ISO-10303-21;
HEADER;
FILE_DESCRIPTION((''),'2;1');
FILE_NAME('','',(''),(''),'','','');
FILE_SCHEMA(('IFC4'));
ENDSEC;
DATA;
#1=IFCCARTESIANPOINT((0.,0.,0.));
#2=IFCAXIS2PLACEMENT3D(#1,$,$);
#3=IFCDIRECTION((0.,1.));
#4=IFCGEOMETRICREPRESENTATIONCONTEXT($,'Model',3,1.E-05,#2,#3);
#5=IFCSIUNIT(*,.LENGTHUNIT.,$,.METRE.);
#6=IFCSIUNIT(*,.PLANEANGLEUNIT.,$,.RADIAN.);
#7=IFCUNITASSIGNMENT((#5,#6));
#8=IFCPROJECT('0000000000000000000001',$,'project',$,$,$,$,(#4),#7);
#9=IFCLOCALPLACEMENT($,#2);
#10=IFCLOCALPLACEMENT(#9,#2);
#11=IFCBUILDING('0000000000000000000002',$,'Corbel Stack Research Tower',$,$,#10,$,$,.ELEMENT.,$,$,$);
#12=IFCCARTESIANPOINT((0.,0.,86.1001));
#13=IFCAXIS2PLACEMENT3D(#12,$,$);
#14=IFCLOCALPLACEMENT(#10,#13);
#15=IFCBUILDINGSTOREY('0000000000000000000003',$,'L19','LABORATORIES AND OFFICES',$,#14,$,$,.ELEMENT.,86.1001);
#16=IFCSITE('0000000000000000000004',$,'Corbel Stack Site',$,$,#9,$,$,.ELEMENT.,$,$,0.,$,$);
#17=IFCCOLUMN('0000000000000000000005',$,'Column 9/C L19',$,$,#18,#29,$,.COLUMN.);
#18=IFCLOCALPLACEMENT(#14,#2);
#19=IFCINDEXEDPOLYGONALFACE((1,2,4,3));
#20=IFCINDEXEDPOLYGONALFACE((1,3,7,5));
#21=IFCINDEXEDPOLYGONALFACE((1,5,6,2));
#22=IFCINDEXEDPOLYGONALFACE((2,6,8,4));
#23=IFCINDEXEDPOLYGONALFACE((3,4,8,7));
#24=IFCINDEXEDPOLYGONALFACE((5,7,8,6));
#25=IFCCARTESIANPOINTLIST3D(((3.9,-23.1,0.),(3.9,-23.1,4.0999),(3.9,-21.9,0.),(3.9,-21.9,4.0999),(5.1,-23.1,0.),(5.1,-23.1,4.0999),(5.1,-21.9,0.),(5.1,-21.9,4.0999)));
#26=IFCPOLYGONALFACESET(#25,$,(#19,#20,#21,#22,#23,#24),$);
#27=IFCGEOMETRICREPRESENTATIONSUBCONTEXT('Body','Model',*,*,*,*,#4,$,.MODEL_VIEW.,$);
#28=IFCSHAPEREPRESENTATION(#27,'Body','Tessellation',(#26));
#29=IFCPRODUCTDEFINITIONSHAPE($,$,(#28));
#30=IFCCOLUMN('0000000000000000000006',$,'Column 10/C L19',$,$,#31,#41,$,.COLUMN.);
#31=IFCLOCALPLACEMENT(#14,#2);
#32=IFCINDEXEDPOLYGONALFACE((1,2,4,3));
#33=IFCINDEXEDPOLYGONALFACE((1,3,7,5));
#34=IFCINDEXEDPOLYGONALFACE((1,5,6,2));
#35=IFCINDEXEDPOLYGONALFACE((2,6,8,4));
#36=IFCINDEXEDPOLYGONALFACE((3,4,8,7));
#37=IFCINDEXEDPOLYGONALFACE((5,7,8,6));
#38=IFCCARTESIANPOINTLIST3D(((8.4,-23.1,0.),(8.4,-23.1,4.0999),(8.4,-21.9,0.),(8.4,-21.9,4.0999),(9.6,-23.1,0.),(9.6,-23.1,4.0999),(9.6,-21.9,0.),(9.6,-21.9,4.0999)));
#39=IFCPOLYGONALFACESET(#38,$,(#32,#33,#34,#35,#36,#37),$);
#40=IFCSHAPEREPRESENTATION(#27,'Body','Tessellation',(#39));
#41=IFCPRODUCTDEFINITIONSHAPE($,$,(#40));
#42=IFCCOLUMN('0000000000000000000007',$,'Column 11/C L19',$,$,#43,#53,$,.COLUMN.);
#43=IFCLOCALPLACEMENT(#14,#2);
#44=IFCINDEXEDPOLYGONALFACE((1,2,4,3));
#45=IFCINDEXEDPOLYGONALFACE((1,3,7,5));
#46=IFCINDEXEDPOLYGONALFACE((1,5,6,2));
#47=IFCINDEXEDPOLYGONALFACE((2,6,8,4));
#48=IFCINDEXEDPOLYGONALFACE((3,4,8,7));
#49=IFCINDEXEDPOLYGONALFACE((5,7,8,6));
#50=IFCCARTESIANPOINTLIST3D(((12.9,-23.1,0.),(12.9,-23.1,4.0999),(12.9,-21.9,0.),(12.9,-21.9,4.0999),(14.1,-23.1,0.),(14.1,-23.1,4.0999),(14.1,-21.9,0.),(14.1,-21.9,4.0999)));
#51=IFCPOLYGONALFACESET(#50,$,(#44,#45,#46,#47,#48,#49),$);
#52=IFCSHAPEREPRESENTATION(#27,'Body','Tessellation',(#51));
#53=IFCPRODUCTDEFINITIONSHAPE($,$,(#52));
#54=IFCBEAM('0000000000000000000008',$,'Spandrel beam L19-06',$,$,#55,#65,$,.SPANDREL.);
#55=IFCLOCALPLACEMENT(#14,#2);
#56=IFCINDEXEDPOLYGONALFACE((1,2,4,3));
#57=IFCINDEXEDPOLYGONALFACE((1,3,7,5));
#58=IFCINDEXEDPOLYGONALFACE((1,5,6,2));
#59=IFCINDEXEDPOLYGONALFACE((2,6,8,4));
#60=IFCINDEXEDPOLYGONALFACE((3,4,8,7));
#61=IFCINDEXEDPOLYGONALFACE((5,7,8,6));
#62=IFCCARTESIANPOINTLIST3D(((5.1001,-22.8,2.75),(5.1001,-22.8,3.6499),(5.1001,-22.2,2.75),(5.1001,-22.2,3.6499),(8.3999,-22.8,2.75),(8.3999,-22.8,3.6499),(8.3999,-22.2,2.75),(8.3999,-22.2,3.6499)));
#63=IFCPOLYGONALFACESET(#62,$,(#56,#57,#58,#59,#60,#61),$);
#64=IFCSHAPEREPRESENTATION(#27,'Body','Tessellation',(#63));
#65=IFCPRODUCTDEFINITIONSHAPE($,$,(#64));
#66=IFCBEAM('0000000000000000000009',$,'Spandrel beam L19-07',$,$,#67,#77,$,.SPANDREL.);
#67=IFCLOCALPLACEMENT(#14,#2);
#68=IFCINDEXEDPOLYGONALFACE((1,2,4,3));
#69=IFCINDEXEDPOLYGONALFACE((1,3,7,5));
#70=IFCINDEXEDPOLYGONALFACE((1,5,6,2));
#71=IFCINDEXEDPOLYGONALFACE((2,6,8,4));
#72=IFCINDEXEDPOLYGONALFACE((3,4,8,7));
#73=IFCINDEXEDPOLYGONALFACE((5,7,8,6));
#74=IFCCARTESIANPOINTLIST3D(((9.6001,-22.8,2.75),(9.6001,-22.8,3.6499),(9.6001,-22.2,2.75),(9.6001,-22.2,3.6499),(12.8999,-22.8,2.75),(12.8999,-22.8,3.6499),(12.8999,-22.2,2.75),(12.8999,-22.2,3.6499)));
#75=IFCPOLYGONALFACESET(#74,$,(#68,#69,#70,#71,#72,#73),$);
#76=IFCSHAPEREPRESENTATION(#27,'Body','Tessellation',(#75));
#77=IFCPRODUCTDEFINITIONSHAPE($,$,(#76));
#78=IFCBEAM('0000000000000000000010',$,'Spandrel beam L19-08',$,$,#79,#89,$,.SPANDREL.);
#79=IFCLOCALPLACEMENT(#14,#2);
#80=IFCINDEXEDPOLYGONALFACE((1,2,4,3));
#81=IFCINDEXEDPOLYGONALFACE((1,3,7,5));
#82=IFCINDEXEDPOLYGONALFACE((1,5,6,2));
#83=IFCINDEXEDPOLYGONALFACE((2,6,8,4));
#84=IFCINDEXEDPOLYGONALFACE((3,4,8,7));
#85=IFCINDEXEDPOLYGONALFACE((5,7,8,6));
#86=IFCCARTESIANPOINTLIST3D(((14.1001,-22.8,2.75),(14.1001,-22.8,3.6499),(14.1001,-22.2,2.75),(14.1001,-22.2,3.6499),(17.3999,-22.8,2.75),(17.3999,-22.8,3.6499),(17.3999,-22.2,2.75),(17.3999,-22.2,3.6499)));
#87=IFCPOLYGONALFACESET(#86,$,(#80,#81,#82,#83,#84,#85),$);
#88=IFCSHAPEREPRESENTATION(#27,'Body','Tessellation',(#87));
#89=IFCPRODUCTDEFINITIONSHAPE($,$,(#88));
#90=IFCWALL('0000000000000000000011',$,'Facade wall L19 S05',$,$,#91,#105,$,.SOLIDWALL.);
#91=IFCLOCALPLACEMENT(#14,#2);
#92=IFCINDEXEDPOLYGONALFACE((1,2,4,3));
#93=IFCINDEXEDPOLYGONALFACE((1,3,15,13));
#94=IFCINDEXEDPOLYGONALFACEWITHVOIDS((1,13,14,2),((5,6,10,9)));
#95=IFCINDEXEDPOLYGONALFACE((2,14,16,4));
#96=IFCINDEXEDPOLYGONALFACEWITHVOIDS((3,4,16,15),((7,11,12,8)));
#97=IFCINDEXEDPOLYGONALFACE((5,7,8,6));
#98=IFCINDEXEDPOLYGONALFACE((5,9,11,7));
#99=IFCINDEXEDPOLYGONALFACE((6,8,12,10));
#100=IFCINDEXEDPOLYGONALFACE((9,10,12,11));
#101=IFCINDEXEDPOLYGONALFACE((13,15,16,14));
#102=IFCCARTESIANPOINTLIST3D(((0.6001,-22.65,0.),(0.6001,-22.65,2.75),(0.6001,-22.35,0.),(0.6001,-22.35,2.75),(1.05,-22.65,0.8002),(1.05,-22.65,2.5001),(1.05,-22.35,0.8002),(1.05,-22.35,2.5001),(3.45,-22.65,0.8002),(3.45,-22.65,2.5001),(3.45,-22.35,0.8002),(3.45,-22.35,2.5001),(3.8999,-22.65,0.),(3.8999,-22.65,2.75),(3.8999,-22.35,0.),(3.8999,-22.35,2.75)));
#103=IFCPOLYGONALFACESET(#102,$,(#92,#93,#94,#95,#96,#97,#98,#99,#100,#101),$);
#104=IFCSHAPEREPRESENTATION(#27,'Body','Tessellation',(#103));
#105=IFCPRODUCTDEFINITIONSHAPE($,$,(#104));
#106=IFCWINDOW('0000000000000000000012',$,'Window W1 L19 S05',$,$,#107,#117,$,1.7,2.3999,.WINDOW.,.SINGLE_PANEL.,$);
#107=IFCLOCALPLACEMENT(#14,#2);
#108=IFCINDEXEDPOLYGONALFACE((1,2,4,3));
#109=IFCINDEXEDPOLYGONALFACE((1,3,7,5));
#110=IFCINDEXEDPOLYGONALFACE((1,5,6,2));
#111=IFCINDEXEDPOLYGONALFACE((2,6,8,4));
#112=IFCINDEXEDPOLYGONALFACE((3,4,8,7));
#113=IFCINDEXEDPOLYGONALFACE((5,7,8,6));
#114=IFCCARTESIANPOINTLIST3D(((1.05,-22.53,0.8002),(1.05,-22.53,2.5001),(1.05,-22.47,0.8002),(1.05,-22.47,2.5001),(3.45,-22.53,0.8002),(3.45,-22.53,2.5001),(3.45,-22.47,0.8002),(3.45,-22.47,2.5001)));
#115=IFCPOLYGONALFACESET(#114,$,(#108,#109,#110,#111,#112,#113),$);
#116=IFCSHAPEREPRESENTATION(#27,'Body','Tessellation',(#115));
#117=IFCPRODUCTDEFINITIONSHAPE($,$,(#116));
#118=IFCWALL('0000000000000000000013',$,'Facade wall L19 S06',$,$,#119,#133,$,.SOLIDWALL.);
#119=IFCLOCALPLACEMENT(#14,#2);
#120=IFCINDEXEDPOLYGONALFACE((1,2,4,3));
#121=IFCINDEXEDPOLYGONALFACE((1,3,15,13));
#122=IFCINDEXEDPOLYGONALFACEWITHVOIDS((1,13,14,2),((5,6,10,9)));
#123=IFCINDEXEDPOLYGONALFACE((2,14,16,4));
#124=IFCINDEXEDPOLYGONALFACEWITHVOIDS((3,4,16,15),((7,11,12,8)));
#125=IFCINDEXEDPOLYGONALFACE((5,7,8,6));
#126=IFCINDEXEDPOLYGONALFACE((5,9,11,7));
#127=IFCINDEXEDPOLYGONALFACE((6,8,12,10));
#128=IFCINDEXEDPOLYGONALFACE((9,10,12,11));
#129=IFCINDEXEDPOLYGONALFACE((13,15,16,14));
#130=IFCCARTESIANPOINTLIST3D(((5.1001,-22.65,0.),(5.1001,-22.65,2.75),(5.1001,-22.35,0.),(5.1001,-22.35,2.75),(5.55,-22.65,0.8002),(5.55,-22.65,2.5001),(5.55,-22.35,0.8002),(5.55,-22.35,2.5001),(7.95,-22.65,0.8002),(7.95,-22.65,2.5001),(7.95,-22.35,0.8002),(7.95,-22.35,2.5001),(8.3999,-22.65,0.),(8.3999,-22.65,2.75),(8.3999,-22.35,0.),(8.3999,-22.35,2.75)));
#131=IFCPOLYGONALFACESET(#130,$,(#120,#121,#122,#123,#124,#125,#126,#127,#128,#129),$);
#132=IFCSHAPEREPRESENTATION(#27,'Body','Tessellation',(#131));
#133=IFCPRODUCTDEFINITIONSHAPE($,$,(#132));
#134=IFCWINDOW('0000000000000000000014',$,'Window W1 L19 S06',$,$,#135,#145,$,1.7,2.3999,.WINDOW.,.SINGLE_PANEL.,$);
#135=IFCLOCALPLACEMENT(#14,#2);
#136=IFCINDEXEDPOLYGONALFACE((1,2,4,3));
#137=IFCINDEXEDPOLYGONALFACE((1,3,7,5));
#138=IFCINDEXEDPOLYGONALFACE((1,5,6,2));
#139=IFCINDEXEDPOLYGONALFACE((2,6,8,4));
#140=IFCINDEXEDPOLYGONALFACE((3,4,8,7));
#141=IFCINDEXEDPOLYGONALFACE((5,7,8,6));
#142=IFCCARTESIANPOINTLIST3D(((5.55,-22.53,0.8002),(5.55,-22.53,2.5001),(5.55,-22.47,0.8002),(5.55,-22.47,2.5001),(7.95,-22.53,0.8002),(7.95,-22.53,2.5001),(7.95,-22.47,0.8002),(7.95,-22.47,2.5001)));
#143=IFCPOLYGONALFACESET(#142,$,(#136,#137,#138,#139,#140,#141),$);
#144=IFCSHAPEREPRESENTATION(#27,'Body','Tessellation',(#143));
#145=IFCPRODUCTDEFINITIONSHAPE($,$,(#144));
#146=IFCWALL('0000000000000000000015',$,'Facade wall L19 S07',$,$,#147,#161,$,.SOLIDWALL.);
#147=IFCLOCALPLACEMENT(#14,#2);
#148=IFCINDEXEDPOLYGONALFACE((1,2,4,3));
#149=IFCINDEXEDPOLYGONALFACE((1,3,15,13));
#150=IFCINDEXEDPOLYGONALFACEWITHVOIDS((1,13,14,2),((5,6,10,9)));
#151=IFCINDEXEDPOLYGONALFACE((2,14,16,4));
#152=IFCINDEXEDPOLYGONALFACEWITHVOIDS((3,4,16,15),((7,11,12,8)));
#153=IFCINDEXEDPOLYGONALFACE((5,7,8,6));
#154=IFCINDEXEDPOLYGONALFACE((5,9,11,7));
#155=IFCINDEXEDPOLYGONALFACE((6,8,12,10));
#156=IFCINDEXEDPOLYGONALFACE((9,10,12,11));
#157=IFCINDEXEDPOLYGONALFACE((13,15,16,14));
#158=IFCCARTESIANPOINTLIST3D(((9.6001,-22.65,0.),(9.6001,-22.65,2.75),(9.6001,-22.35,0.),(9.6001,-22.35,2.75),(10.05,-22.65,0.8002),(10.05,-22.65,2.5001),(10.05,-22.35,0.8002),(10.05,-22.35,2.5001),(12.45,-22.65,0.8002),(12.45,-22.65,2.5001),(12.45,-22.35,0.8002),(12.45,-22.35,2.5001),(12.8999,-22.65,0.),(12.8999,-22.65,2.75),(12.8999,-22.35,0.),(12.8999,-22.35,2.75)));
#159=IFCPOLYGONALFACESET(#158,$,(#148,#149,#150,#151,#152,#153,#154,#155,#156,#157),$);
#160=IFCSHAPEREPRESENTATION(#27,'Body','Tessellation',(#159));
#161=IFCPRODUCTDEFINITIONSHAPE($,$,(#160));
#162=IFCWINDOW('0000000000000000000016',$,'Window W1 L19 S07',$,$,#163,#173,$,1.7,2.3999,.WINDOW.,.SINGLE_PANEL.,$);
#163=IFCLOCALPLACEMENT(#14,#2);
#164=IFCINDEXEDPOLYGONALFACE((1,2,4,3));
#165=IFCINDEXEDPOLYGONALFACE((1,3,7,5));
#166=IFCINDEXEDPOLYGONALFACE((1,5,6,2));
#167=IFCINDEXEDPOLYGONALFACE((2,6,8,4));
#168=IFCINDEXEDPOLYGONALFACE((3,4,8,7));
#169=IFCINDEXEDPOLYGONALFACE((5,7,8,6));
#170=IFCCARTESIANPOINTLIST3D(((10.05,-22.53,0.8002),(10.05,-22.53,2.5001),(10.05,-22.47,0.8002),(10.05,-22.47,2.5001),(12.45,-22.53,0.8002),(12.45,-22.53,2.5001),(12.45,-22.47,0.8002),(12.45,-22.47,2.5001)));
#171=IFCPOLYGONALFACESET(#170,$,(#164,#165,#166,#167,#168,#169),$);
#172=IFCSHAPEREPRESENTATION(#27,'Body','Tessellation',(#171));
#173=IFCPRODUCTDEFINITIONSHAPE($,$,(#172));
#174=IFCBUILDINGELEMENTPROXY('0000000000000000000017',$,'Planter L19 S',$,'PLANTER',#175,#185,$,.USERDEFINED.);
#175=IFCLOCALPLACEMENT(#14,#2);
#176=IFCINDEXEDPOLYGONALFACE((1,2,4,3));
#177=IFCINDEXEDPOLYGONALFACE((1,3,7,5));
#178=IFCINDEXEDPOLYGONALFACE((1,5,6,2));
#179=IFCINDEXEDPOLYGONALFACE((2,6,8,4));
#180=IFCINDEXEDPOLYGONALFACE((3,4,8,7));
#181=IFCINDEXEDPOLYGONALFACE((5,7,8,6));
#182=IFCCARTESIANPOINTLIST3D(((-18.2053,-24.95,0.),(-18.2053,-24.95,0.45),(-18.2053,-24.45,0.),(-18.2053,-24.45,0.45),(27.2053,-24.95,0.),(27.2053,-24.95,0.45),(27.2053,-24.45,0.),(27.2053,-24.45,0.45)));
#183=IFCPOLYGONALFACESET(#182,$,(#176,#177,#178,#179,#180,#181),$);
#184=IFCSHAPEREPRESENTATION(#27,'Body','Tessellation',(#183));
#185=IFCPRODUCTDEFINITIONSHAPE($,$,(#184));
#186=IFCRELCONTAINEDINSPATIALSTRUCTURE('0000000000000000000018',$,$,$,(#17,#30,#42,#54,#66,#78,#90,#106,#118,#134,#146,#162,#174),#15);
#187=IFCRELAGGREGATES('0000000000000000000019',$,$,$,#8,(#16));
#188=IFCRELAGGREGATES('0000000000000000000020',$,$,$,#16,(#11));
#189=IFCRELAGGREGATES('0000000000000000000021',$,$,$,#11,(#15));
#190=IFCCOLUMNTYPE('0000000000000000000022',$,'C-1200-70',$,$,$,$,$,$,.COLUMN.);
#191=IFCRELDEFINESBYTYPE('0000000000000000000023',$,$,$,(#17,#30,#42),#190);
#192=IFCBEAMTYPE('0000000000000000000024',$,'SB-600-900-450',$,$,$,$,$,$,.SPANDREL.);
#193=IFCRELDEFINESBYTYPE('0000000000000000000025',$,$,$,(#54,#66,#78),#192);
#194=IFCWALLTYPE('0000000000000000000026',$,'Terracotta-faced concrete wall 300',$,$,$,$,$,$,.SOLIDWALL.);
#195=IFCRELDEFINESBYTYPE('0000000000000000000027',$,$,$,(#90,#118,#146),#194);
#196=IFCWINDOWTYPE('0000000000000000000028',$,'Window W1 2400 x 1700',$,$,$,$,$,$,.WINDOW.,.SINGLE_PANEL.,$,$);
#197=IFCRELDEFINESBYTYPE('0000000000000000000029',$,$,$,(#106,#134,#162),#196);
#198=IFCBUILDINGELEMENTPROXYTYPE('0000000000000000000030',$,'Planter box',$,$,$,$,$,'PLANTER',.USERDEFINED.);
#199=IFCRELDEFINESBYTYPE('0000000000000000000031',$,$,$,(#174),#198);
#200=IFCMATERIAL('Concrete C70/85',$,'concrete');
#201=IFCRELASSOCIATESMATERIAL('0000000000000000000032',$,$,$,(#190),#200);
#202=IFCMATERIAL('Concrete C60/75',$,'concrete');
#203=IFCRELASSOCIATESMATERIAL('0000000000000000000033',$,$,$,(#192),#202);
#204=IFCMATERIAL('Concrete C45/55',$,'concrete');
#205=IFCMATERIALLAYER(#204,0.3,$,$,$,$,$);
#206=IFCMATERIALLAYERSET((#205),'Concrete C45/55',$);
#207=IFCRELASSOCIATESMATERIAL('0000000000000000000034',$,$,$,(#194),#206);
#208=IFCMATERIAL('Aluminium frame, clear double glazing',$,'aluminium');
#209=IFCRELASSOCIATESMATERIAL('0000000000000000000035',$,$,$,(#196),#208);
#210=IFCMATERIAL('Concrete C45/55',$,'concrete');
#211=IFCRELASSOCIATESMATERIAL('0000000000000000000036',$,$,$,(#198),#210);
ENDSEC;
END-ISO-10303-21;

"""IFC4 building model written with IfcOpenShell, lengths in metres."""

from ifc_helpers import new_model, si_unit, direction, frame, frame_2d, origin, origin_2d, place, context, subcontext, project, spatial, rectangle, extrude, material, layer, layer_set, material_profile, profile_set, type_object, element, fill, save


model = new_model("IFC4")

# Units and contexts
model_context = context("Model", 3, precision=1e-05, world=origin(), true_north=direction((0.0, 1.0)))
body_context = subcontext(model_context, "Body", "Model", "MODEL_VIEW")
ifc_project = project(units=[si_unit("LENGTHUNIT", "METRE"), si_unit("PLANEANGLEUNIT", "RADIAN")], contexts=[model_context])

# Site, building, storey
site_placement = place(None, origin())
site = spatial("IfcSite", under=ifc_project, at=site_placement, Name="Corbel Stack Site", CompositionType="ELEMENT", RefElevation=0.0)
building_placement = place(site_placement, origin())
building = spatial("IfcBuilding", under=site, at=building_placement, Name="Corbel Stack Research Tower", CompositionType="ELEMENT")
storey_placement = place(building_placement, frame((0.0, 0.0, 86.1001)))
storey = spatial("IfcBuildingStorey", under=building, at=storey_placement, Name="L19", Description="LABORATORIES AND OFFICES", CompositionType="ELEMENT", Elevation=86.1001)

# Columns
ifc_material_1 = material(Name="Concrete C70/85", Category="concrete")
ifc_material_profile_1 = material_profile(ifc_material_1, rectangle(XDim=1.2, YDim=1.2, at=origin_2d()), Name="RC 1200 x 1200")
ifc_profile_set_1 = profile_set([ifc_material_profile_1], Name="Concrete C70/85")
column_type = type_object("IfcColumnType", Name="C-1200-70", PredefinedType="COLUMN", material=ifc_profile_set_1)
for number, where, z_axis, x_axis, name in (
    (1, (4.5, -22.5, 0.0), (0.0, 0.0, 1.0), (1.0, 0.0, 0.0), "Column 9/C L19"),
    (2, (9.0, -22.5, 0.0), (0.0, 0.0, 1.0), (1.0, 0.0, 0.0), "Column 10/C L19"),
    (3, (13.5, -22.5, 0.0), (0.0, 0.0, 1.0), (1.0, 0.0, 0.0), "Column 11/C L19"),
):
    element("IfcColumn", number, at=place(storey_placement, frame(where, z_axis=z_axis, x_axis=x_axis)), inside=storey, type_object=column_type, Name=name, PredefinedType="COLUMN", context=body_context, shape_type="SweptSolid", body=[
        extrude(rectangle(XDim=1.2, YDim=1.2, at=origin_2d()), origin(), (0.0, 0.0, 1.0), 4.0999),
    ])

# Beams
ifc_material_2 = material(Name="Concrete C60/75", Category="concrete")
ifc_material_profile_2 = material_profile(ifc_material_2, rectangle(XDim=0.6001, YDim=0.8999, at=origin_2d()), Name="RC 600 x 900")
ifc_profile_set_2 = profile_set([ifc_material_profile_2], Name="Concrete C60/75")
beam_type = type_object("IfcBeamType", Name="SB-600-900-450", PredefinedType="SPANDREL", material=ifc_profile_set_2)
for number, where, z_axis, x_axis, name in (
    (4, (5.1001, -22.5, 3.2), (1.0, 0.0, 0.0), (0.0, 1.0, 0.0), "Spandrel beam L19-06"),
    (5, (9.6001, -22.5, 3.2), (1.0, 0.0, 0.0), (0.0, 1.0, 0.0), "Spandrel beam L19-07"),
    (6, (14.1001, -22.5, 3.2), (1.0, 0.0, 0.0), (0.0, 1.0, 0.0), "Spandrel beam L19-08"),
):
    element("IfcBeam", number, at=place(storey_placement, frame(where, z_axis=z_axis, x_axis=x_axis)), inside=storey, type_object=beam_type, Name=name, PredefinedType="SPANDREL", context=body_context, shape_type="SweptSolid", body=[
        extrude(rectangle(XDim=0.6001, YDim=0.8999, at=origin_2d()), origin(), (0.0, 0.0, 1.0), 3.2998),
    ])

# Walls, openings, windows
ifc_material_3 = material(Name="Concrete C45/55", Category="concrete")
ifc_layer = layer(ifc_material_3, 0.3)
ifc_layer_set = layer_set([ifc_layer], Name="Concrete C45/55")
wall_type = type_object("IfcWallType", Name="Terracotta-faced concrete wall 300", PredefinedType="SOLIDWALL", material=ifc_layer_set)
wall_1_placement = place(storey_placement, frame((3.8999, -22.5, 0.0), z_axis=(0.0, 0.0, 1.0), x_axis=(-1.0, 0.0, 0.0)))
wall_1 = element("IfcWall", 7, at=wall_1_placement, inside=storey, type_object=wall_type, Name="Facade wall L19 S05", PredefinedType="SOLIDWALL", context=body_context, shape_type="SweptSolid", body=[
    extrude(rectangle(XDim=3.2998, YDim=0.3, at=frame_2d((1.6499, 0.0))), origin(), (0.0, 0.0, 1.0), 2.75),
])
opening_1_placement = place(wall_1_placement, frame((0.45, 0.0, 0.8)))
opening_1 = element("IfcOpeningElement", 8, at=opening_1_placement, cuts=wall_1, PredefinedType="OPENING", context=body_context, shape_type="SweptSolid", body=[
    extrude(rectangle(XDim=2.3999, YDim=1.7, at=frame_2d((1.2, 0.8501))), frame((0.0, 0.1599, 0.0), z_axis=(0.0, -1.0, 0.0), x_axis=(1.0, 0.0, 0.0)), (0.0, 0.0, 1.0), 0.3201),
])
ifc_material_4 = material(Name="Aluminium frame, clear double glazing", Category="aluminium")
window_type = type_object("IfcWindowType", Name="Window W1 2400 x 1700", PartitioningType="SINGLE_PANEL", PredefinedType="WINDOW", material=ifc_material_4)
window_1_placement = place(opening_1_placement, origin())
window_1 = element("IfcWindow", 9, at=window_1_placement, inside=storey, type_object=window_type, Name="Window W1 L19 S05", OverallHeight=1.7, OverallWidth=2.3999, PartitioningType="SINGLE_PANEL", PredefinedType="WINDOW", context=body_context, shape_type="SweptSolid", body=[
    extrude(rectangle(XDim=2.3999, YDim=1.7, at=frame_2d((1.2, 0.8501))), frame((0.0, 0.03, 0.0), z_axis=(0.0, -1.0, 0.0), x_axis=(1.0, 0.0, 0.0)), (0.0, 0.0, 1.0), 0.0601),
])
fill(opening_1, window_1)
wall_2_placement = place(storey_placement, frame((8.3999, -22.5, 0.0), z_axis=(0.0, 0.0, 1.0), x_axis=(-1.0, 0.0, 0.0)))
wall_2 = element("IfcWall", 10, at=wall_2_placement, inside=storey, type_object=wall_type, Name="Facade wall L19 S06", PredefinedType="SOLIDWALL", context=body_context, shape_type="SweptSolid", body=[
    extrude(rectangle(XDim=3.2998, YDim=0.3, at=frame_2d((1.6499, 0.0))), origin(), (0.0, 0.0, 1.0), 2.75),
])
opening_2_placement = place(wall_2_placement, frame((0.45, 0.0, 0.8)))
opening_2 = element("IfcOpeningElement", 11, at=opening_2_placement, cuts=wall_2, PredefinedType="OPENING", context=body_context, shape_type="SweptSolid", body=[
    extrude(rectangle(XDim=2.3999, YDim=1.7, at=frame_2d((1.2, 0.8501))), frame((0.0, 0.1599, 0.0), z_axis=(0.0, -1.0, 0.0), x_axis=(1.0, 0.0, 0.0)), (0.0, 0.0, 1.0), 0.3201),
])
window_2_placement = place(opening_2_placement, origin())
window_2 = element("IfcWindow", 12, at=window_2_placement, inside=storey, type_object=window_type, Name="Window W1 L19 S06", OverallHeight=1.7, OverallWidth=2.3999, PartitioningType="SINGLE_PANEL", PredefinedType="WINDOW", context=body_context, shape_type="SweptSolid", body=[
    extrude(rectangle(XDim=2.3999, YDim=1.7, at=frame_2d((1.2, 0.8501))), frame((0.0, 0.03, 0.0), z_axis=(0.0, -1.0, 0.0), x_axis=(1.0, 0.0, 0.0)), (0.0, 0.0, 1.0), 0.0601),
])
fill(opening_2, window_2)
wall_3_placement = place(storey_placement, frame((12.8999, -22.5, 0.0), z_axis=(0.0, 0.0, 1.0), x_axis=(-1.0, 0.0, 0.0)))
wall_3 = element("IfcWall", 13, at=wall_3_placement, inside=storey, type_object=wall_type, Name="Facade wall L19 S07", PredefinedType="SOLIDWALL", context=body_context, shape_type="SweptSolid", body=[
    extrude(rectangle(XDim=3.2998, YDim=0.3, at=frame_2d((1.6499, 0.0))), origin(), (0.0, 0.0, 1.0), 2.75),
])
opening_3_placement = place(wall_3_placement, frame((0.45, 0.0, 0.8)))
opening_3 = element("IfcOpeningElement", 14, at=opening_3_placement, cuts=wall_3, PredefinedType="OPENING", context=body_context, shape_type="SweptSolid", body=[
    extrude(rectangle(XDim=2.3999, YDim=1.7, at=frame_2d((1.2, 0.8501))), frame((0.0, 0.1599, 0.0), z_axis=(0.0, -1.0, 0.0), x_axis=(1.0, 0.0, 0.0)), (0.0, 0.0, 1.0), 0.3201),
])
window_3_placement = place(opening_3_placement, origin())
window_3 = element("IfcWindow", 15, at=window_3_placement, inside=storey, type_object=window_type, Name="Window W1 L19 S07", OverallHeight=1.7, OverallWidth=2.3999, PartitioningType="SINGLE_PANEL", PredefinedType="WINDOW", context=body_context, shape_type="SweptSolid", body=[
    extrude(rectangle(XDim=2.3999, YDim=1.7, at=frame_2d((1.2, 0.8501))), frame((0.0, 0.03, 0.0), z_axis=(0.0, -1.0, 0.0), x_axis=(1.0, 0.0, 0.0)), (0.0, 0.0, 1.0), 0.0601),
])
fill(opening_3, window_3)

# Building element proxy
ifc_material_5 = material(Name="Concrete C45/55", Category="concrete")
building_element_proxy_type = type_object("IfcBuildingElementProxyType", Name="Planter box", ElementType="PLANTER", PredefinedType="USERDEFINED", material=ifc_material_5)
proxy_placement = place(storey_placement, frame((4.5, -24.7, 0.0), z_axis=(0.0, 0.0, 1.0), x_axis=(1.0, 0.0, 0.0)))
element("IfcBuildingElementProxy", 16, at=proxy_placement, inside=storey, type_object=building_element_proxy_type, Name="Planter L19 S", ObjectType="PLANTER", PredefinedType="USERDEFINED", context=body_context, shape_type="SweptSolid", body=[
    extrude(rectangle(XDim=45.4106, YDim=0.5, at=origin_2d()), origin(), (0.0, 0.0, 1.0), 0.45),
])

save(model, "model.ifc")
